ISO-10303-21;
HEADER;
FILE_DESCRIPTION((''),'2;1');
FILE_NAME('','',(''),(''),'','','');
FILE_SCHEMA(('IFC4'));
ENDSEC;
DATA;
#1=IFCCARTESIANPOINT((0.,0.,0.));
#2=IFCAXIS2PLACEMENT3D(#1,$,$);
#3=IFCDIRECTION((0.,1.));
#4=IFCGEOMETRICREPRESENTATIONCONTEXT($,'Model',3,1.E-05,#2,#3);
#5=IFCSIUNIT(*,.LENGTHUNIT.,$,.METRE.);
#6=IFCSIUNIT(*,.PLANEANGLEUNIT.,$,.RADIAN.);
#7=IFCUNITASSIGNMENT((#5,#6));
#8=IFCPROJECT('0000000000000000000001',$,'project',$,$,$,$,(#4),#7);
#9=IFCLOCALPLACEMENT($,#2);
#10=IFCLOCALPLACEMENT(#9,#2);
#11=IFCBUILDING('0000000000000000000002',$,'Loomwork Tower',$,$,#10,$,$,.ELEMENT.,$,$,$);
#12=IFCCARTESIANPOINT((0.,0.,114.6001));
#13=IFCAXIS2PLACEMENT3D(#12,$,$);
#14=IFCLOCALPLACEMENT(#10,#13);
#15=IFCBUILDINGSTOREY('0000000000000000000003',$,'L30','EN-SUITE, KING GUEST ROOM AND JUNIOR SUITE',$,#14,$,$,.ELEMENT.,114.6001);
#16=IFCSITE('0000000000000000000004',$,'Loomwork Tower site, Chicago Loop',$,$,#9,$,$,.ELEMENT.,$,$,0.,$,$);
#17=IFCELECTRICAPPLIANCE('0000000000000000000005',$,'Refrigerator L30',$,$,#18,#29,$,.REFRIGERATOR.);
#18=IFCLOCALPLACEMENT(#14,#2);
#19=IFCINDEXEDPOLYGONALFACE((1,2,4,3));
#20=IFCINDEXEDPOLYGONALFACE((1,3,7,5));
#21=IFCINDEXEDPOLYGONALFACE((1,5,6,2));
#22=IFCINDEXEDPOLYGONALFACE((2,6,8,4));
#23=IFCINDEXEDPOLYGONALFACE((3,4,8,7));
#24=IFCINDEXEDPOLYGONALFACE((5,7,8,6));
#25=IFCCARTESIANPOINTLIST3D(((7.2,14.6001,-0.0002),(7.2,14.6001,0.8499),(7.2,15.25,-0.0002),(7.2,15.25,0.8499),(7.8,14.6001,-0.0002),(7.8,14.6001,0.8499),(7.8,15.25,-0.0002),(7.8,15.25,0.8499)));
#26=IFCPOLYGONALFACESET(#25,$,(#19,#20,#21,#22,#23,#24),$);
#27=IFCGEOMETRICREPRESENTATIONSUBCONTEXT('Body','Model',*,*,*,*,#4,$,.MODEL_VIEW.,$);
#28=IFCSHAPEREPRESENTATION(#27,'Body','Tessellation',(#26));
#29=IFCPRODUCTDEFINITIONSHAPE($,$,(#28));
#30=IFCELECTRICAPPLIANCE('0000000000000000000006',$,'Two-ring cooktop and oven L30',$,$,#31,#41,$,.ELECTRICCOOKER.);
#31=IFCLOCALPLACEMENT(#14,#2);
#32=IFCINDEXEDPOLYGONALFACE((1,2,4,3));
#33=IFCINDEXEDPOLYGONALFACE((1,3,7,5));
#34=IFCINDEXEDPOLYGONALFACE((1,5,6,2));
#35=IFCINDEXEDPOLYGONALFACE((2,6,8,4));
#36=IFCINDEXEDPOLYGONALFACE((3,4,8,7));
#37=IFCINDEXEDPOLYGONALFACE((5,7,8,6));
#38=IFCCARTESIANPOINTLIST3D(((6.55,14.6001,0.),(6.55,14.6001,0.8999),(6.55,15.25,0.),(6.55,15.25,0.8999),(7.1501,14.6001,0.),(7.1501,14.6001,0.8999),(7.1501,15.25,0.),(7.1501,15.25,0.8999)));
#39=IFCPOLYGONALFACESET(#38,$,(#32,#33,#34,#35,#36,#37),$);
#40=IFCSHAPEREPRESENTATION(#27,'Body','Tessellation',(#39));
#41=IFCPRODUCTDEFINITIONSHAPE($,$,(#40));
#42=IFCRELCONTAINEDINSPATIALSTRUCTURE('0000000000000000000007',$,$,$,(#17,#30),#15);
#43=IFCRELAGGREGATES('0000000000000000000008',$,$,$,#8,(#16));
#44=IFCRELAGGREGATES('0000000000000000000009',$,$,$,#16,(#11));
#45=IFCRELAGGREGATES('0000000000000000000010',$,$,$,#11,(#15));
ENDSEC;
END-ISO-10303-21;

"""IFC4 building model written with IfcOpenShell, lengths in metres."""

from ifc_helpers import new_model, si_unit, direction, frame, origin, origin_2d, place, context, subcontext, project, spatial, rectangle, extrude, element, save


model = new_model("IFC4")

# Units and contexts
model_context = context("Model", 3, precision=1e-05, world=origin(), true_north=direction((0.0, 1.0)))
body_context = subcontext(model_context, "Body", "Model", "MODEL_VIEW")
ifc_project = project(units=[si_unit("LENGTHUNIT", "METRE"), si_unit("PLANEANGLEUNIT", "RADIAN")], contexts=[model_context])

# Site, building, storey
site_placement = place(None, origin())
site = spatial("IfcSite", under=ifc_project, at=site_placement, Name="Loomwork Tower site, Chicago Loop", CompositionType="ELEMENT", RefElevation=0.0)
building_placement = place(site_placement, origin())
building = spatial("IfcBuilding", under=site, at=building_placement, Name="Loomwork Tower", CompositionType="ELEMENT")
storey_placement = place(building_placement, frame((0.0, 0.0, 114.6001)))
storey = spatial("IfcBuildingStorey", under=building, at=storey_placement, Name="L30", Description="EN-SUITE, KING GUEST ROOM AND JUNIOR SUITE", CompositionType="ELEMENT", Elevation=114.6001)

# Electric appliances
electric_appliance_1_placement = place(storey_placement, frame((7.5, 14.925, -0.0002), z_axis=(0.0, 0.0, 1.0), x_axis=(1.0, 0.0, 0.0)))
element("IfcElectricAppliance", 1, at=electric_appliance_1_placement, inside=storey, Name="Refrigerator L30", PredefinedType="REFRIGERATOR", context=body_context, shape_type="SweptSolid", body=[
    extrude(rectangle(XDim=0.6001, YDim=0.6499, at=origin_2d()), origin(), (0.0, 0.0, 1.0), 0.8501),
])
electric_appliance_2_placement = place(storey_placement, frame((6.8501, 14.925, 0.0), z_axis=(0.0, 0.0, 1.0), x_axis=(1.0, 0.0, 0.0)))
element("IfcElectricAppliance", 2, at=electric_appliance_2_placement, inside=storey, Name="Two-ring cooktop and oven L30", PredefinedType="ELECTRICCOOKER", context=body_context, shape_type="SweptSolid", body=[
    extrude(rectangle(XDim=0.6001, YDim=0.6499, at=origin_2d()), origin(), (0.0, 0.0, 1.0), 0.8999),
])

save(model, "model.ifc")
